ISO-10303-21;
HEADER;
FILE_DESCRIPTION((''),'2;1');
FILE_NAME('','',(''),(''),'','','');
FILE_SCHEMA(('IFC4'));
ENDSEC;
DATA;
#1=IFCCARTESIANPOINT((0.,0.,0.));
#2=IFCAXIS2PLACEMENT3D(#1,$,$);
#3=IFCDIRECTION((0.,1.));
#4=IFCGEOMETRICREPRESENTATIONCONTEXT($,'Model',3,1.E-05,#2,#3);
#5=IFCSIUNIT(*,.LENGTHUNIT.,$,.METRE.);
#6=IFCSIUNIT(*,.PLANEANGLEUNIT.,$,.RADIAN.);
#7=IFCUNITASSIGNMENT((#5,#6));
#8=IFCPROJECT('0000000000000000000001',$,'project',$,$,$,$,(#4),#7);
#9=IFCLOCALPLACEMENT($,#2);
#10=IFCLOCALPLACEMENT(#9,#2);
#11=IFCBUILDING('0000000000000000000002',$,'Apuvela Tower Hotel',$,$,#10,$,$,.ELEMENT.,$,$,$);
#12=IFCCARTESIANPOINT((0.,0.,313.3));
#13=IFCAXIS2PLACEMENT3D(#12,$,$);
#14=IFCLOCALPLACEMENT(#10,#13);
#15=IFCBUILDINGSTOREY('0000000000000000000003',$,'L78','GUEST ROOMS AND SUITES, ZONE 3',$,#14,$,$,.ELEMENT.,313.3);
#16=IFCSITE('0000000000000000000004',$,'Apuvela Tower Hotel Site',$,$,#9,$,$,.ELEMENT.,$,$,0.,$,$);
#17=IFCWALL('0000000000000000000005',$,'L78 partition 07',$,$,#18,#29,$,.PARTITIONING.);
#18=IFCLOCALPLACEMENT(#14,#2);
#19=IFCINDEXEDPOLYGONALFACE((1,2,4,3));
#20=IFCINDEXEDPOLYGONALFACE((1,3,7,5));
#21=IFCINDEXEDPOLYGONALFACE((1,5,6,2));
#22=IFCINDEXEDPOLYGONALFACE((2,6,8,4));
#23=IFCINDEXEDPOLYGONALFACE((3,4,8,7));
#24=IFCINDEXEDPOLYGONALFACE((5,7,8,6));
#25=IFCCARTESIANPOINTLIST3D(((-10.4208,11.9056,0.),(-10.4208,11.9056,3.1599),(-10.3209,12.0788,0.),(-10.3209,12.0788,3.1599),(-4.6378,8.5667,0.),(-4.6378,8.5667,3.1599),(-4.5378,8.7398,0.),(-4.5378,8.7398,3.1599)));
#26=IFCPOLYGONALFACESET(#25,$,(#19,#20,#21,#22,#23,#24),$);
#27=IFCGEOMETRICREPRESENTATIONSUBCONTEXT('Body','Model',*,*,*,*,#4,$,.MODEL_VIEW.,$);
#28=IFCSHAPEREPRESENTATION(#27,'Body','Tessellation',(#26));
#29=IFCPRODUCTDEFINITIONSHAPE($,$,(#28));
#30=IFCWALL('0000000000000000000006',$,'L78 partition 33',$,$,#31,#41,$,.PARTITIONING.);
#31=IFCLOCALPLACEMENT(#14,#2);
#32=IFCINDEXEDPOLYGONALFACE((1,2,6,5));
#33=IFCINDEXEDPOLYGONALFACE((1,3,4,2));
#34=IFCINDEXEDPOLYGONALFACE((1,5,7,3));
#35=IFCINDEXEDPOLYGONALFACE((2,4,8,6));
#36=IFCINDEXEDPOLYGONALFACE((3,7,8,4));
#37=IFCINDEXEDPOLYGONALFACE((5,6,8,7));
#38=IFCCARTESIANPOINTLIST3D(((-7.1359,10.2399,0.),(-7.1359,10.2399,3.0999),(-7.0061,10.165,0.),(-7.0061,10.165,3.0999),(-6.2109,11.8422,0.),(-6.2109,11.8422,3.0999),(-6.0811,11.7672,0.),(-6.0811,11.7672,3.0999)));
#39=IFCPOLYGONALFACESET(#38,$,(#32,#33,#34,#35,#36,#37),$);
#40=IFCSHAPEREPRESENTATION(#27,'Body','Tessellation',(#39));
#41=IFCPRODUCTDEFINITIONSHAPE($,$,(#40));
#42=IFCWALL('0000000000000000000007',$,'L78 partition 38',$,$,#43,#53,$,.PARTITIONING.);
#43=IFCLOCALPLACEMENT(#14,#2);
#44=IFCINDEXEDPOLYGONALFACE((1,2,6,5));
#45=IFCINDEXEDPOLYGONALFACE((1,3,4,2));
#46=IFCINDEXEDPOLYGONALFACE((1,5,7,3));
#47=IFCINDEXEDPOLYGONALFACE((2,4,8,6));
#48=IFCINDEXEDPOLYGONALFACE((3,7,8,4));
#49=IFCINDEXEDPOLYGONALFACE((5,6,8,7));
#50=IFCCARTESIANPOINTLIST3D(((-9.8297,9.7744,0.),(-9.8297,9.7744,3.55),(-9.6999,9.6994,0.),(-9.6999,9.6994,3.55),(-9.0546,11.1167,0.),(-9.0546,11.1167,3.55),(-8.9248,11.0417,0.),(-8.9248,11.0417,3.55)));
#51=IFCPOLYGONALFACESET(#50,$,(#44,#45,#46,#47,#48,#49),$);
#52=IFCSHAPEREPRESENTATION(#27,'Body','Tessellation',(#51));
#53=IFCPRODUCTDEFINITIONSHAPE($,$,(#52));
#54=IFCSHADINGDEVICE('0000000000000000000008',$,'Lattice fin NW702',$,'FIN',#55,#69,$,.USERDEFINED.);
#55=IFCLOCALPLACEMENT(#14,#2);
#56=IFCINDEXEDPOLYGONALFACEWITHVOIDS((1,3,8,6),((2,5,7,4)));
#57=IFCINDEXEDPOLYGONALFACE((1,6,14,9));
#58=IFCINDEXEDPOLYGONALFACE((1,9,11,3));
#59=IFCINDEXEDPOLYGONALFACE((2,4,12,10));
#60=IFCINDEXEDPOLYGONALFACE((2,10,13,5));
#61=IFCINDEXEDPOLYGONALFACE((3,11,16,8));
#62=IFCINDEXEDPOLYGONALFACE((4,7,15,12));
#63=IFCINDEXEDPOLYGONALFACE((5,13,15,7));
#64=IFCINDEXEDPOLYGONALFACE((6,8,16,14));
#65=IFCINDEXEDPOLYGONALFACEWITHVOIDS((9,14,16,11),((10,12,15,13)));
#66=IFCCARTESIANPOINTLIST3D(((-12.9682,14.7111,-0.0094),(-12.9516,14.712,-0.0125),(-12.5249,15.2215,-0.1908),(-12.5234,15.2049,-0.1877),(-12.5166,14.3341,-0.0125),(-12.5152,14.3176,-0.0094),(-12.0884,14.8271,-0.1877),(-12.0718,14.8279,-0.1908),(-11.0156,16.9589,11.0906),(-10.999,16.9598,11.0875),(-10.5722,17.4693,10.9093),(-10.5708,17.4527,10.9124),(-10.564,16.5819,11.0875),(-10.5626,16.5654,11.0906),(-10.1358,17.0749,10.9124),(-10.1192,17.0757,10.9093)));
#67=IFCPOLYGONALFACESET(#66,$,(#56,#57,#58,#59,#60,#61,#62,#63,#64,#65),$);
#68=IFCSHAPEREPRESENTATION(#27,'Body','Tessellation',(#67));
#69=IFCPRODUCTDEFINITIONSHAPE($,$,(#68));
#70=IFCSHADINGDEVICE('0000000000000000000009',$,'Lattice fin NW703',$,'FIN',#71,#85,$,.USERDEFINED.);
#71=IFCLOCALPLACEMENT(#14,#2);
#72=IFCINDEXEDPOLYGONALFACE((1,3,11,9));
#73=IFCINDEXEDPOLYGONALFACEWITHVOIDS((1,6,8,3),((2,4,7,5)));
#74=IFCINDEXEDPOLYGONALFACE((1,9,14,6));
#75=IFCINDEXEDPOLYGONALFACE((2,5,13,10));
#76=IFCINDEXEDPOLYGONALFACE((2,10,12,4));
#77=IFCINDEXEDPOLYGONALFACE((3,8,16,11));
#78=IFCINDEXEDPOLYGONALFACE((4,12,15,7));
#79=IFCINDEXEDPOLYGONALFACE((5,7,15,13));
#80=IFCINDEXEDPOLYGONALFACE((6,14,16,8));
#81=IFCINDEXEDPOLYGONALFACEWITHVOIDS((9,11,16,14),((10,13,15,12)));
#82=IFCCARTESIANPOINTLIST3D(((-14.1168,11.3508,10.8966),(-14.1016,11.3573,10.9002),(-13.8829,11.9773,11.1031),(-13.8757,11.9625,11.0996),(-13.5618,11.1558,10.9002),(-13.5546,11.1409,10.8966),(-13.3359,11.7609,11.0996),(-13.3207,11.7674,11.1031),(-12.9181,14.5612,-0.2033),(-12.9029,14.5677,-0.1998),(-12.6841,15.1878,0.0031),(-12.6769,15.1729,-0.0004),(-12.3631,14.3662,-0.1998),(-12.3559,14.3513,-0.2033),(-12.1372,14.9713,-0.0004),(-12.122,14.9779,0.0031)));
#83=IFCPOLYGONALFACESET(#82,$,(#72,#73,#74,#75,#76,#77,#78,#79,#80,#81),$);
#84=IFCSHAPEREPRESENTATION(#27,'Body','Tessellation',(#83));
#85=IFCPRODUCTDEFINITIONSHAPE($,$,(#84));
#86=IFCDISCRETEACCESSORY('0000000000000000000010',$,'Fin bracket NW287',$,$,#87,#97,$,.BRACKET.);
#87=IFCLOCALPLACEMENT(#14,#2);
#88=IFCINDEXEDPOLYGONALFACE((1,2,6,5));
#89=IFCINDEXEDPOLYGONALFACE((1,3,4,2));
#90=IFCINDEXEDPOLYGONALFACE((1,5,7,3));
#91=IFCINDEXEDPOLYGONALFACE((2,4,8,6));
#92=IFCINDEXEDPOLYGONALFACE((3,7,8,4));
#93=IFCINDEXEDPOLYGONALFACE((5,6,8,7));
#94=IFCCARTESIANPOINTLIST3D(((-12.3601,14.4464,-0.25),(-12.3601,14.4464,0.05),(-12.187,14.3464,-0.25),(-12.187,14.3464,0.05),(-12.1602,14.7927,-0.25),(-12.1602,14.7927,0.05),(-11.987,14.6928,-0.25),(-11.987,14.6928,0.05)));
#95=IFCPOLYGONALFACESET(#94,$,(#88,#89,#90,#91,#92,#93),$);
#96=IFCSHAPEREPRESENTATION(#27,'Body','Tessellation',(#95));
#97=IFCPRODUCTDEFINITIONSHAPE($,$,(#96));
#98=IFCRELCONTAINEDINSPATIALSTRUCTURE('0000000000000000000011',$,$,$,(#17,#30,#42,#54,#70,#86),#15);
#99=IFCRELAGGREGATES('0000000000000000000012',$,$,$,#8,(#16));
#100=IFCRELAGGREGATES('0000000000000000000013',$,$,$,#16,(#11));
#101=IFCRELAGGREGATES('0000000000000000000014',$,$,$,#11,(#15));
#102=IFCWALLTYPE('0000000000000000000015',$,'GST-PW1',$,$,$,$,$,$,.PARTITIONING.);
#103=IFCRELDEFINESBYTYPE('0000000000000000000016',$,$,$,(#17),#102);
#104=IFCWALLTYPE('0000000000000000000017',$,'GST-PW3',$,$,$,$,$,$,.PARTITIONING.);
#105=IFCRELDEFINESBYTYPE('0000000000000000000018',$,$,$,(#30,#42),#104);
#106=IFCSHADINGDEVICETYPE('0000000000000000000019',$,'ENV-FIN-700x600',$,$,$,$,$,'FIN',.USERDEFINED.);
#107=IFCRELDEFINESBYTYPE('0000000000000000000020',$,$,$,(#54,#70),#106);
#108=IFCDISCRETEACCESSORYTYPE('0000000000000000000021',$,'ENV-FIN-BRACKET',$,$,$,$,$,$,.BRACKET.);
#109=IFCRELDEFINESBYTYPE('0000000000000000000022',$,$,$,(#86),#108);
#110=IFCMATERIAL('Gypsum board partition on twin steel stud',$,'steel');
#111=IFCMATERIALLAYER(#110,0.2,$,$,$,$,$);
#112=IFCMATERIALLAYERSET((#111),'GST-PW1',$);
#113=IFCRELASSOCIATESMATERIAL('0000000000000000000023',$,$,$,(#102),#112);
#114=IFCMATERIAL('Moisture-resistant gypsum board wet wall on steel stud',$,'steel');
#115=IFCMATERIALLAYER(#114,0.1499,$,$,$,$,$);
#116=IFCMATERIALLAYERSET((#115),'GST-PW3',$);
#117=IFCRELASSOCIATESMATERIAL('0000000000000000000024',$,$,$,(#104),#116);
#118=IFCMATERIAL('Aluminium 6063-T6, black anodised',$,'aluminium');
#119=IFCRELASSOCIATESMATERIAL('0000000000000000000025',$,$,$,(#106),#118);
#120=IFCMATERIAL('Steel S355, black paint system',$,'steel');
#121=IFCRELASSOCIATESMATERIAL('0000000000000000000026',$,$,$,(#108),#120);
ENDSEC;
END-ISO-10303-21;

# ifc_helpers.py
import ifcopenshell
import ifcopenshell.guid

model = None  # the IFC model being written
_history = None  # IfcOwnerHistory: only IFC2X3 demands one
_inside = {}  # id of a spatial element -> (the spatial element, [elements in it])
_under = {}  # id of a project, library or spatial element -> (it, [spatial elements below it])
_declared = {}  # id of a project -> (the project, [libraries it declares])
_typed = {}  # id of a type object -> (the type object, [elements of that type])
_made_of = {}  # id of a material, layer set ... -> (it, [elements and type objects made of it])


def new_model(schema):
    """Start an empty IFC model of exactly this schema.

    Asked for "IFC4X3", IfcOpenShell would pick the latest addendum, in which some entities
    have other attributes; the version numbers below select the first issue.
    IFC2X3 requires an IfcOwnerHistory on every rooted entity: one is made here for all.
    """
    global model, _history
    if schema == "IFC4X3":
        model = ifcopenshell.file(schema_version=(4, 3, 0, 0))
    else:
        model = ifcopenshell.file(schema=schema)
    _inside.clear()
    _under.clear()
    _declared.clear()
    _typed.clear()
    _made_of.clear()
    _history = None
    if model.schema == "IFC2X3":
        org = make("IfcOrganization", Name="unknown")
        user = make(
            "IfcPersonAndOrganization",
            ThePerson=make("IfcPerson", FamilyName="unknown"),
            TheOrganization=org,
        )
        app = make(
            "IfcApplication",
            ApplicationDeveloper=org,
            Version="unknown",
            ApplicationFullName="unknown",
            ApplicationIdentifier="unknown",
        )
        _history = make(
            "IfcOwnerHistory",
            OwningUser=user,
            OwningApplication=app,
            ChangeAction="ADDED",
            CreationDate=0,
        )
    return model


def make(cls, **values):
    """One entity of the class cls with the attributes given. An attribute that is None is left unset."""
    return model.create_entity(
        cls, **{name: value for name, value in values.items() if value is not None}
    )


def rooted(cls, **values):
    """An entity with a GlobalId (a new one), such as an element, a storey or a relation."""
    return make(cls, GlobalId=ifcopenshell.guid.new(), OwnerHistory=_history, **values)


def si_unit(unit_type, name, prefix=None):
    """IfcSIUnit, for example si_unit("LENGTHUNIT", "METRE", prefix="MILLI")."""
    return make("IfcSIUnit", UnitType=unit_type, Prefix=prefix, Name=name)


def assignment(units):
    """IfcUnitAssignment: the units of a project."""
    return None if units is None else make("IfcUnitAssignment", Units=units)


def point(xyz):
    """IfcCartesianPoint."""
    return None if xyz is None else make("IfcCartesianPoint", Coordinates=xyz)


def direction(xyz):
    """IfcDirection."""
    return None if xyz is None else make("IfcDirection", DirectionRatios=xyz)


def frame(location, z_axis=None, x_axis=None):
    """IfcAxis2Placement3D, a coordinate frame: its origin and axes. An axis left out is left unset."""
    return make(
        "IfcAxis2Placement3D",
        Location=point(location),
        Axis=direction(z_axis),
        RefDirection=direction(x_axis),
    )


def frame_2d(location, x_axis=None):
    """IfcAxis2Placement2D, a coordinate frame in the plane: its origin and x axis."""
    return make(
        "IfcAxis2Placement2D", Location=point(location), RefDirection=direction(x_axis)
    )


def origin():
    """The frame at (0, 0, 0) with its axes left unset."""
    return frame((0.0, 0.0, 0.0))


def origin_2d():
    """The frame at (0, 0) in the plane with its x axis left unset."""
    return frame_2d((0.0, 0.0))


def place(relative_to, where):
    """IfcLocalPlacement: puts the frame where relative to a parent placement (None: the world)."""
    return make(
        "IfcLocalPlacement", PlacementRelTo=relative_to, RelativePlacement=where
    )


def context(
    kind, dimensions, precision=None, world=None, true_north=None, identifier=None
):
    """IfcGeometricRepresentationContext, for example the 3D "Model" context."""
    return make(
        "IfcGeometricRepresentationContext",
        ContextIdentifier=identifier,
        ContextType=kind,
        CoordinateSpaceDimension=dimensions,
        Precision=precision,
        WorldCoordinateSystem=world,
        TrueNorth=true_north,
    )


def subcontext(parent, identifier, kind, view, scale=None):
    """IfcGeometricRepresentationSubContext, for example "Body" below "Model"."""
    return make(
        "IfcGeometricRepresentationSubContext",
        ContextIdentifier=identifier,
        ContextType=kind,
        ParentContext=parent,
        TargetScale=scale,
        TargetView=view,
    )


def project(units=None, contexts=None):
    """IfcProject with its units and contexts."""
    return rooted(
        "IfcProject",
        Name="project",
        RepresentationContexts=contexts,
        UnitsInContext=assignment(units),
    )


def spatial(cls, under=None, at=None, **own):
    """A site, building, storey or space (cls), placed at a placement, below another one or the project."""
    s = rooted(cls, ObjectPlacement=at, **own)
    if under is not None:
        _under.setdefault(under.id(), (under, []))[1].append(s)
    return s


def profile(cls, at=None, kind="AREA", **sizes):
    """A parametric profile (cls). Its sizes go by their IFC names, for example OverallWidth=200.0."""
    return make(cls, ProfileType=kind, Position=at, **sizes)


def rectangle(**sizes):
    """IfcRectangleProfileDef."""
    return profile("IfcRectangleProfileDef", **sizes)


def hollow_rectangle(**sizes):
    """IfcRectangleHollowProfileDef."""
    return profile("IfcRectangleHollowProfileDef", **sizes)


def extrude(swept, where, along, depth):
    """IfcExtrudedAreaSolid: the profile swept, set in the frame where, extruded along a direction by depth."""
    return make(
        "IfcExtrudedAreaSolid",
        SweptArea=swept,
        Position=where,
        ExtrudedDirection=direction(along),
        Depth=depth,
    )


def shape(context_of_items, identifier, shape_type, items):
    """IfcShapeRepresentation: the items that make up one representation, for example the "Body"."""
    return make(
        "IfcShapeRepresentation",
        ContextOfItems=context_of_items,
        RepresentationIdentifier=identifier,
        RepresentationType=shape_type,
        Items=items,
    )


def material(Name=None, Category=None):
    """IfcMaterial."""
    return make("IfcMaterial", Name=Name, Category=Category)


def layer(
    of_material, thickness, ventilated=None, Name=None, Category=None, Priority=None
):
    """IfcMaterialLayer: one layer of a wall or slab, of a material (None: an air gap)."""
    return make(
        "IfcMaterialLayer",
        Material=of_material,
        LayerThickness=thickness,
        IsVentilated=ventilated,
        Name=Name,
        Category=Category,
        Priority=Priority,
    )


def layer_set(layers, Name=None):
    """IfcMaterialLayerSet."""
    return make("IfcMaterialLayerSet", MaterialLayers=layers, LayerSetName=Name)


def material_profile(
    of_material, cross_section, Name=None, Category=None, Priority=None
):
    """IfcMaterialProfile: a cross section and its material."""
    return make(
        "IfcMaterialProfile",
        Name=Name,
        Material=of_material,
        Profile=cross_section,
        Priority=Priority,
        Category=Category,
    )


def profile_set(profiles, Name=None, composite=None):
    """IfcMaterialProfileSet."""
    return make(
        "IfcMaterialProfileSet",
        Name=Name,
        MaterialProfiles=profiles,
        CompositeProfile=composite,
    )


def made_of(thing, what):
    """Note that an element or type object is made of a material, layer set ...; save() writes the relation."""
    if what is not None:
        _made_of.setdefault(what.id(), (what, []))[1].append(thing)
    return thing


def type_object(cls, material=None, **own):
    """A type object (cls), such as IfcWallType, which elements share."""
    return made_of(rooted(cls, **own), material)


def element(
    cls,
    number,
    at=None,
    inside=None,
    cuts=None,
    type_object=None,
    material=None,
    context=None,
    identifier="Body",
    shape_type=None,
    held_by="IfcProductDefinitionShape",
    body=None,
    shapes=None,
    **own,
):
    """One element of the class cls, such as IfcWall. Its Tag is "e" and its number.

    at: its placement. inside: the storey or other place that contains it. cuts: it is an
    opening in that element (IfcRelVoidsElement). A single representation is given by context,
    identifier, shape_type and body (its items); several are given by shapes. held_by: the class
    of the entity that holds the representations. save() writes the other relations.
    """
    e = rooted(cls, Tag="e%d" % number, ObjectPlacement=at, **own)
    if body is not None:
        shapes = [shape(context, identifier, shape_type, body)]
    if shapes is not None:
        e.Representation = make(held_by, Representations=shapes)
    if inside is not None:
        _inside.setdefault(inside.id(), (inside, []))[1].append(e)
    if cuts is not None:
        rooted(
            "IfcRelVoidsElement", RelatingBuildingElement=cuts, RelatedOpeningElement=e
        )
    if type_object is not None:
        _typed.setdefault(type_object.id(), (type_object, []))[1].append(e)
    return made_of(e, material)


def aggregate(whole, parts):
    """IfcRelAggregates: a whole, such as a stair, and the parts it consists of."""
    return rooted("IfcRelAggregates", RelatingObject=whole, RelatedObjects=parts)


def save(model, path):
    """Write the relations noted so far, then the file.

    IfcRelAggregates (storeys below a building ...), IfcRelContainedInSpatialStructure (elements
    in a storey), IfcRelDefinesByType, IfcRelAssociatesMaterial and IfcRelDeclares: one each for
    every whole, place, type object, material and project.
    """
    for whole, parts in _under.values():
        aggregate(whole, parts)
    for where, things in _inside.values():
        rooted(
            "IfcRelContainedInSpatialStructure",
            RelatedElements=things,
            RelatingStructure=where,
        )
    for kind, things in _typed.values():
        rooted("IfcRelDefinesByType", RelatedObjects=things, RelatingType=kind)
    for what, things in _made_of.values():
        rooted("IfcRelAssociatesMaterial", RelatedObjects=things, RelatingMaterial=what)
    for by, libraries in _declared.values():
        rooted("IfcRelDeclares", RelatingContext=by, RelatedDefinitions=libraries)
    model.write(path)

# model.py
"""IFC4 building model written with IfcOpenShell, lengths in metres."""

from ifc_helpers import new_model, si_unit, direction, frame, frame_2d, origin, origin_2d, place, context, subcontext, project, spatial, rectangle, hollow_rectangle, extrude, material, layer, layer_set, material_profile, profile_set, type_object, element, save


model = new_model("IFC4")

# Units and contexts
model_context = context("Model", 3, precision=1e-05, world=origin(), true_north=direction((0.0, 1.0)))
body_context = subcontext(model_context, "Body", "Model", "MODEL_VIEW")
ifc_project = project(units=[si_unit("LENGTHUNIT", "METRE"), si_unit("PLANEANGLEUNIT", "RADIAN")], contexts=[model_context])

# Site, building, storey
site_placement = place(None, origin())
site = spatial("IfcSite", under=ifc_project, at=site_placement, Name="Apuvela Tower Hotel Site", CompositionType="ELEMENT", RefElevation=0.0)
building_placement = place(site_placement, origin())
building = spatial("IfcBuilding", under=site, at=building_placement, Name="Apuvela Tower Hotel", CompositionType="ELEMENT")
storey_placement = place(building_placement, frame((0.0, 0.0, 313.3)))
storey = spatial("IfcBuildingStorey", under=building, at=storey_placement, Name="L78", Description="GUEST ROOMS AND SUITES, ZONE 3", CompositionType="ELEMENT", Elevation=313.3)

# Walls
ifc_material_1 = material(Name="Gypsum board partition on twin steel stud", Category="steel")
ifc_layer_1 = layer(ifc_material_1, 0.2)
ifc_layer_set_1 = layer_set([ifc_layer_1], Name="GST-PW1")
wall_type_1 = type_object("IfcWallType", Name="GST-PW1", PredefinedType="PARTITIONING", material=ifc_layer_set_1)
wall_1_placement = place(storey_placement, frame((-10.3708, 11.9922, 0.0), z_axis=(0.0, 0.0, 1.0), x_axis=(0.866021, -0.500008, 0.0)))
element("IfcWall", 1, at=wall_1_placement, inside=storey, type_object=wall_type_1, Name="L78 partition 07", PredefinedType="PARTITIONING", context=body_context, shape_type="SweptSolid", body=[
    extrude(rectangle(XDim=6.6777, YDim=0.2, at=frame_2d((3.3389, 0.0))), origin(), (0.0, 0.0, 1.0), 3.1599),
])
ifc_material_2 = material(Name="Moisture-resistant gypsum board wet wall on steel stud", Category="steel")
ifc_layer_2 = layer(ifc_material_2, 0.1499)
ifc_layer_set_2 = layer_set([ifc_layer_2], Name="GST-PW3")
wall_type_2 = type_object("IfcWallType", Name="GST-PW3", PredefinedType="PARTITIONING", material=ifc_layer_set_2)
wall_2_placement = place(storey_placement, frame((-6.146, 11.8047, 0.0), z_axis=(0.0, 0.0, 1.0), x_axis=(-0.499985, -0.866034, 0.0)))
element("IfcWall", 2, at=wall_2_placement, inside=storey, type_object=wall_type_2, Name="L78 partition 33", PredefinedType="PARTITIONING", context=body_context, shape_type="SweptSolid", body=[
    extrude(rectangle(XDim=1.8501, YDim=0.1499, at=frame_2d((0.925, 0.0))), origin(), (0.0, 0.0, 1.0), 3.0999),
])
wall_3_placement = place(storey_placement, frame((-8.9897, 11.0791, 0.0), z_axis=(0.0, 0.0, 1.0), x_axis=(-0.500086, -0.865976, 0.0)))
element("IfcWall", 3, at=wall_3_placement, inside=storey, type_object=wall_type_2, Name="L78 partition 38", PredefinedType="PARTITIONING", context=body_context, shape_type="SweptSolid", body=[
    extrude(rectangle(XDim=1.55, YDim=0.1499, at=frame_2d((0.7749, 0.0))), origin(), (0.0, 0.0, 1.0), 3.55),
])

# Shading devices
ifc_material_3 = material(Name="Aluminium 6063-T6, black anodised", Category="aluminium")
ifc_material_profile_1 = material_profile(ifc_material_3, hollow_rectangle(XDim=0.6001, YDim=0.7, WallThickness=0.012, at=origin_2d()), Name="AL BOX 700x600x12")
ifc_profile_set_1 = profile_set([ifc_material_profile_1], Name="Aluminium 6063-T6, black anodised")
shading_device_type = type_object("IfcShadingDeviceType", Name="ENV-FIN-700x600", ElementType="FIN", PredefinedType="USERDEFINED", material=ifc_profile_set_1)
shading_device_1_placement = place(storey_placement, frame((-12.52, 14.7695, -0.1001), z_axis=(0.169905, 0.195589, 0.965856), x_axis=(-0.754934, 0.655801, 0.0)))
element("IfcShadingDevice", 4, at=shading_device_1_placement, inside=storey, type_object=shading_device_type, Name="Lattice fin NW702", ObjectType="FIN", PredefinedType="USERDEFINED", context=body_context, shape_type="SweptSolid", body=[
    extrude(hollow_rectangle(XDim=0.6001, YDim=0.7, WallThickness=0.012, at=origin_2d()), origin(), (0.0, 0.0, 1.0), 11.4924),
])
shading_device_2_placement = place(storey_placement, frame((-12.52, 14.7695, -0.1001), z_axis=(-0.103187, -0.276356, 0.9555), x_axis=(0.936826, -0.349796, 0.0)))
element("IfcShadingDevice", 5, at=shading_device_2_placement, inside=storey, type_object=shading_device_type, Name="Lattice fin NW703", ObjectType="FIN", PredefinedType="USERDEFINED", context=body_context, shape_type="SweptSolid", body=[
    extrude(hollow_rectangle(XDim=0.6001, YDim=0.7, WallThickness=0.012, at=origin_2d()), origin(), (0.0, 0.0, 1.0), 11.6169),
])

# Discrete accessory
ifc_material_4 = material(Name="Steel S355, black paint system", Category="steel")
discrete_accessory_type = type_object("IfcDiscreteAccessoryType", Name="ENV-FIN-BRACKET", PredefinedType="BRACKET", material=ifc_material_4)
discrete_accessory_placement = place(storey_placement, frame((-12.1736, 14.5696, -0.25), z_axis=(0.0, 0.0, 1.0), x_axis=(-0.5, -0.866025, 0.0)))
element("IfcDiscreteAccessory", 6, at=discrete_accessory_placement, inside=storey, type_object=discrete_accessory_type, Name="Fin bracket NW287", PredefinedType="BRACKET", context=body_context, shape_type="SweptSolid", body=[
    extrude(rectangle(XDim=0.3999, YDim=0.2, at=origin_2d()), origin(), (0.0, 0.0, 1.0), 0.3),
])

save(model, "model.ifc")
